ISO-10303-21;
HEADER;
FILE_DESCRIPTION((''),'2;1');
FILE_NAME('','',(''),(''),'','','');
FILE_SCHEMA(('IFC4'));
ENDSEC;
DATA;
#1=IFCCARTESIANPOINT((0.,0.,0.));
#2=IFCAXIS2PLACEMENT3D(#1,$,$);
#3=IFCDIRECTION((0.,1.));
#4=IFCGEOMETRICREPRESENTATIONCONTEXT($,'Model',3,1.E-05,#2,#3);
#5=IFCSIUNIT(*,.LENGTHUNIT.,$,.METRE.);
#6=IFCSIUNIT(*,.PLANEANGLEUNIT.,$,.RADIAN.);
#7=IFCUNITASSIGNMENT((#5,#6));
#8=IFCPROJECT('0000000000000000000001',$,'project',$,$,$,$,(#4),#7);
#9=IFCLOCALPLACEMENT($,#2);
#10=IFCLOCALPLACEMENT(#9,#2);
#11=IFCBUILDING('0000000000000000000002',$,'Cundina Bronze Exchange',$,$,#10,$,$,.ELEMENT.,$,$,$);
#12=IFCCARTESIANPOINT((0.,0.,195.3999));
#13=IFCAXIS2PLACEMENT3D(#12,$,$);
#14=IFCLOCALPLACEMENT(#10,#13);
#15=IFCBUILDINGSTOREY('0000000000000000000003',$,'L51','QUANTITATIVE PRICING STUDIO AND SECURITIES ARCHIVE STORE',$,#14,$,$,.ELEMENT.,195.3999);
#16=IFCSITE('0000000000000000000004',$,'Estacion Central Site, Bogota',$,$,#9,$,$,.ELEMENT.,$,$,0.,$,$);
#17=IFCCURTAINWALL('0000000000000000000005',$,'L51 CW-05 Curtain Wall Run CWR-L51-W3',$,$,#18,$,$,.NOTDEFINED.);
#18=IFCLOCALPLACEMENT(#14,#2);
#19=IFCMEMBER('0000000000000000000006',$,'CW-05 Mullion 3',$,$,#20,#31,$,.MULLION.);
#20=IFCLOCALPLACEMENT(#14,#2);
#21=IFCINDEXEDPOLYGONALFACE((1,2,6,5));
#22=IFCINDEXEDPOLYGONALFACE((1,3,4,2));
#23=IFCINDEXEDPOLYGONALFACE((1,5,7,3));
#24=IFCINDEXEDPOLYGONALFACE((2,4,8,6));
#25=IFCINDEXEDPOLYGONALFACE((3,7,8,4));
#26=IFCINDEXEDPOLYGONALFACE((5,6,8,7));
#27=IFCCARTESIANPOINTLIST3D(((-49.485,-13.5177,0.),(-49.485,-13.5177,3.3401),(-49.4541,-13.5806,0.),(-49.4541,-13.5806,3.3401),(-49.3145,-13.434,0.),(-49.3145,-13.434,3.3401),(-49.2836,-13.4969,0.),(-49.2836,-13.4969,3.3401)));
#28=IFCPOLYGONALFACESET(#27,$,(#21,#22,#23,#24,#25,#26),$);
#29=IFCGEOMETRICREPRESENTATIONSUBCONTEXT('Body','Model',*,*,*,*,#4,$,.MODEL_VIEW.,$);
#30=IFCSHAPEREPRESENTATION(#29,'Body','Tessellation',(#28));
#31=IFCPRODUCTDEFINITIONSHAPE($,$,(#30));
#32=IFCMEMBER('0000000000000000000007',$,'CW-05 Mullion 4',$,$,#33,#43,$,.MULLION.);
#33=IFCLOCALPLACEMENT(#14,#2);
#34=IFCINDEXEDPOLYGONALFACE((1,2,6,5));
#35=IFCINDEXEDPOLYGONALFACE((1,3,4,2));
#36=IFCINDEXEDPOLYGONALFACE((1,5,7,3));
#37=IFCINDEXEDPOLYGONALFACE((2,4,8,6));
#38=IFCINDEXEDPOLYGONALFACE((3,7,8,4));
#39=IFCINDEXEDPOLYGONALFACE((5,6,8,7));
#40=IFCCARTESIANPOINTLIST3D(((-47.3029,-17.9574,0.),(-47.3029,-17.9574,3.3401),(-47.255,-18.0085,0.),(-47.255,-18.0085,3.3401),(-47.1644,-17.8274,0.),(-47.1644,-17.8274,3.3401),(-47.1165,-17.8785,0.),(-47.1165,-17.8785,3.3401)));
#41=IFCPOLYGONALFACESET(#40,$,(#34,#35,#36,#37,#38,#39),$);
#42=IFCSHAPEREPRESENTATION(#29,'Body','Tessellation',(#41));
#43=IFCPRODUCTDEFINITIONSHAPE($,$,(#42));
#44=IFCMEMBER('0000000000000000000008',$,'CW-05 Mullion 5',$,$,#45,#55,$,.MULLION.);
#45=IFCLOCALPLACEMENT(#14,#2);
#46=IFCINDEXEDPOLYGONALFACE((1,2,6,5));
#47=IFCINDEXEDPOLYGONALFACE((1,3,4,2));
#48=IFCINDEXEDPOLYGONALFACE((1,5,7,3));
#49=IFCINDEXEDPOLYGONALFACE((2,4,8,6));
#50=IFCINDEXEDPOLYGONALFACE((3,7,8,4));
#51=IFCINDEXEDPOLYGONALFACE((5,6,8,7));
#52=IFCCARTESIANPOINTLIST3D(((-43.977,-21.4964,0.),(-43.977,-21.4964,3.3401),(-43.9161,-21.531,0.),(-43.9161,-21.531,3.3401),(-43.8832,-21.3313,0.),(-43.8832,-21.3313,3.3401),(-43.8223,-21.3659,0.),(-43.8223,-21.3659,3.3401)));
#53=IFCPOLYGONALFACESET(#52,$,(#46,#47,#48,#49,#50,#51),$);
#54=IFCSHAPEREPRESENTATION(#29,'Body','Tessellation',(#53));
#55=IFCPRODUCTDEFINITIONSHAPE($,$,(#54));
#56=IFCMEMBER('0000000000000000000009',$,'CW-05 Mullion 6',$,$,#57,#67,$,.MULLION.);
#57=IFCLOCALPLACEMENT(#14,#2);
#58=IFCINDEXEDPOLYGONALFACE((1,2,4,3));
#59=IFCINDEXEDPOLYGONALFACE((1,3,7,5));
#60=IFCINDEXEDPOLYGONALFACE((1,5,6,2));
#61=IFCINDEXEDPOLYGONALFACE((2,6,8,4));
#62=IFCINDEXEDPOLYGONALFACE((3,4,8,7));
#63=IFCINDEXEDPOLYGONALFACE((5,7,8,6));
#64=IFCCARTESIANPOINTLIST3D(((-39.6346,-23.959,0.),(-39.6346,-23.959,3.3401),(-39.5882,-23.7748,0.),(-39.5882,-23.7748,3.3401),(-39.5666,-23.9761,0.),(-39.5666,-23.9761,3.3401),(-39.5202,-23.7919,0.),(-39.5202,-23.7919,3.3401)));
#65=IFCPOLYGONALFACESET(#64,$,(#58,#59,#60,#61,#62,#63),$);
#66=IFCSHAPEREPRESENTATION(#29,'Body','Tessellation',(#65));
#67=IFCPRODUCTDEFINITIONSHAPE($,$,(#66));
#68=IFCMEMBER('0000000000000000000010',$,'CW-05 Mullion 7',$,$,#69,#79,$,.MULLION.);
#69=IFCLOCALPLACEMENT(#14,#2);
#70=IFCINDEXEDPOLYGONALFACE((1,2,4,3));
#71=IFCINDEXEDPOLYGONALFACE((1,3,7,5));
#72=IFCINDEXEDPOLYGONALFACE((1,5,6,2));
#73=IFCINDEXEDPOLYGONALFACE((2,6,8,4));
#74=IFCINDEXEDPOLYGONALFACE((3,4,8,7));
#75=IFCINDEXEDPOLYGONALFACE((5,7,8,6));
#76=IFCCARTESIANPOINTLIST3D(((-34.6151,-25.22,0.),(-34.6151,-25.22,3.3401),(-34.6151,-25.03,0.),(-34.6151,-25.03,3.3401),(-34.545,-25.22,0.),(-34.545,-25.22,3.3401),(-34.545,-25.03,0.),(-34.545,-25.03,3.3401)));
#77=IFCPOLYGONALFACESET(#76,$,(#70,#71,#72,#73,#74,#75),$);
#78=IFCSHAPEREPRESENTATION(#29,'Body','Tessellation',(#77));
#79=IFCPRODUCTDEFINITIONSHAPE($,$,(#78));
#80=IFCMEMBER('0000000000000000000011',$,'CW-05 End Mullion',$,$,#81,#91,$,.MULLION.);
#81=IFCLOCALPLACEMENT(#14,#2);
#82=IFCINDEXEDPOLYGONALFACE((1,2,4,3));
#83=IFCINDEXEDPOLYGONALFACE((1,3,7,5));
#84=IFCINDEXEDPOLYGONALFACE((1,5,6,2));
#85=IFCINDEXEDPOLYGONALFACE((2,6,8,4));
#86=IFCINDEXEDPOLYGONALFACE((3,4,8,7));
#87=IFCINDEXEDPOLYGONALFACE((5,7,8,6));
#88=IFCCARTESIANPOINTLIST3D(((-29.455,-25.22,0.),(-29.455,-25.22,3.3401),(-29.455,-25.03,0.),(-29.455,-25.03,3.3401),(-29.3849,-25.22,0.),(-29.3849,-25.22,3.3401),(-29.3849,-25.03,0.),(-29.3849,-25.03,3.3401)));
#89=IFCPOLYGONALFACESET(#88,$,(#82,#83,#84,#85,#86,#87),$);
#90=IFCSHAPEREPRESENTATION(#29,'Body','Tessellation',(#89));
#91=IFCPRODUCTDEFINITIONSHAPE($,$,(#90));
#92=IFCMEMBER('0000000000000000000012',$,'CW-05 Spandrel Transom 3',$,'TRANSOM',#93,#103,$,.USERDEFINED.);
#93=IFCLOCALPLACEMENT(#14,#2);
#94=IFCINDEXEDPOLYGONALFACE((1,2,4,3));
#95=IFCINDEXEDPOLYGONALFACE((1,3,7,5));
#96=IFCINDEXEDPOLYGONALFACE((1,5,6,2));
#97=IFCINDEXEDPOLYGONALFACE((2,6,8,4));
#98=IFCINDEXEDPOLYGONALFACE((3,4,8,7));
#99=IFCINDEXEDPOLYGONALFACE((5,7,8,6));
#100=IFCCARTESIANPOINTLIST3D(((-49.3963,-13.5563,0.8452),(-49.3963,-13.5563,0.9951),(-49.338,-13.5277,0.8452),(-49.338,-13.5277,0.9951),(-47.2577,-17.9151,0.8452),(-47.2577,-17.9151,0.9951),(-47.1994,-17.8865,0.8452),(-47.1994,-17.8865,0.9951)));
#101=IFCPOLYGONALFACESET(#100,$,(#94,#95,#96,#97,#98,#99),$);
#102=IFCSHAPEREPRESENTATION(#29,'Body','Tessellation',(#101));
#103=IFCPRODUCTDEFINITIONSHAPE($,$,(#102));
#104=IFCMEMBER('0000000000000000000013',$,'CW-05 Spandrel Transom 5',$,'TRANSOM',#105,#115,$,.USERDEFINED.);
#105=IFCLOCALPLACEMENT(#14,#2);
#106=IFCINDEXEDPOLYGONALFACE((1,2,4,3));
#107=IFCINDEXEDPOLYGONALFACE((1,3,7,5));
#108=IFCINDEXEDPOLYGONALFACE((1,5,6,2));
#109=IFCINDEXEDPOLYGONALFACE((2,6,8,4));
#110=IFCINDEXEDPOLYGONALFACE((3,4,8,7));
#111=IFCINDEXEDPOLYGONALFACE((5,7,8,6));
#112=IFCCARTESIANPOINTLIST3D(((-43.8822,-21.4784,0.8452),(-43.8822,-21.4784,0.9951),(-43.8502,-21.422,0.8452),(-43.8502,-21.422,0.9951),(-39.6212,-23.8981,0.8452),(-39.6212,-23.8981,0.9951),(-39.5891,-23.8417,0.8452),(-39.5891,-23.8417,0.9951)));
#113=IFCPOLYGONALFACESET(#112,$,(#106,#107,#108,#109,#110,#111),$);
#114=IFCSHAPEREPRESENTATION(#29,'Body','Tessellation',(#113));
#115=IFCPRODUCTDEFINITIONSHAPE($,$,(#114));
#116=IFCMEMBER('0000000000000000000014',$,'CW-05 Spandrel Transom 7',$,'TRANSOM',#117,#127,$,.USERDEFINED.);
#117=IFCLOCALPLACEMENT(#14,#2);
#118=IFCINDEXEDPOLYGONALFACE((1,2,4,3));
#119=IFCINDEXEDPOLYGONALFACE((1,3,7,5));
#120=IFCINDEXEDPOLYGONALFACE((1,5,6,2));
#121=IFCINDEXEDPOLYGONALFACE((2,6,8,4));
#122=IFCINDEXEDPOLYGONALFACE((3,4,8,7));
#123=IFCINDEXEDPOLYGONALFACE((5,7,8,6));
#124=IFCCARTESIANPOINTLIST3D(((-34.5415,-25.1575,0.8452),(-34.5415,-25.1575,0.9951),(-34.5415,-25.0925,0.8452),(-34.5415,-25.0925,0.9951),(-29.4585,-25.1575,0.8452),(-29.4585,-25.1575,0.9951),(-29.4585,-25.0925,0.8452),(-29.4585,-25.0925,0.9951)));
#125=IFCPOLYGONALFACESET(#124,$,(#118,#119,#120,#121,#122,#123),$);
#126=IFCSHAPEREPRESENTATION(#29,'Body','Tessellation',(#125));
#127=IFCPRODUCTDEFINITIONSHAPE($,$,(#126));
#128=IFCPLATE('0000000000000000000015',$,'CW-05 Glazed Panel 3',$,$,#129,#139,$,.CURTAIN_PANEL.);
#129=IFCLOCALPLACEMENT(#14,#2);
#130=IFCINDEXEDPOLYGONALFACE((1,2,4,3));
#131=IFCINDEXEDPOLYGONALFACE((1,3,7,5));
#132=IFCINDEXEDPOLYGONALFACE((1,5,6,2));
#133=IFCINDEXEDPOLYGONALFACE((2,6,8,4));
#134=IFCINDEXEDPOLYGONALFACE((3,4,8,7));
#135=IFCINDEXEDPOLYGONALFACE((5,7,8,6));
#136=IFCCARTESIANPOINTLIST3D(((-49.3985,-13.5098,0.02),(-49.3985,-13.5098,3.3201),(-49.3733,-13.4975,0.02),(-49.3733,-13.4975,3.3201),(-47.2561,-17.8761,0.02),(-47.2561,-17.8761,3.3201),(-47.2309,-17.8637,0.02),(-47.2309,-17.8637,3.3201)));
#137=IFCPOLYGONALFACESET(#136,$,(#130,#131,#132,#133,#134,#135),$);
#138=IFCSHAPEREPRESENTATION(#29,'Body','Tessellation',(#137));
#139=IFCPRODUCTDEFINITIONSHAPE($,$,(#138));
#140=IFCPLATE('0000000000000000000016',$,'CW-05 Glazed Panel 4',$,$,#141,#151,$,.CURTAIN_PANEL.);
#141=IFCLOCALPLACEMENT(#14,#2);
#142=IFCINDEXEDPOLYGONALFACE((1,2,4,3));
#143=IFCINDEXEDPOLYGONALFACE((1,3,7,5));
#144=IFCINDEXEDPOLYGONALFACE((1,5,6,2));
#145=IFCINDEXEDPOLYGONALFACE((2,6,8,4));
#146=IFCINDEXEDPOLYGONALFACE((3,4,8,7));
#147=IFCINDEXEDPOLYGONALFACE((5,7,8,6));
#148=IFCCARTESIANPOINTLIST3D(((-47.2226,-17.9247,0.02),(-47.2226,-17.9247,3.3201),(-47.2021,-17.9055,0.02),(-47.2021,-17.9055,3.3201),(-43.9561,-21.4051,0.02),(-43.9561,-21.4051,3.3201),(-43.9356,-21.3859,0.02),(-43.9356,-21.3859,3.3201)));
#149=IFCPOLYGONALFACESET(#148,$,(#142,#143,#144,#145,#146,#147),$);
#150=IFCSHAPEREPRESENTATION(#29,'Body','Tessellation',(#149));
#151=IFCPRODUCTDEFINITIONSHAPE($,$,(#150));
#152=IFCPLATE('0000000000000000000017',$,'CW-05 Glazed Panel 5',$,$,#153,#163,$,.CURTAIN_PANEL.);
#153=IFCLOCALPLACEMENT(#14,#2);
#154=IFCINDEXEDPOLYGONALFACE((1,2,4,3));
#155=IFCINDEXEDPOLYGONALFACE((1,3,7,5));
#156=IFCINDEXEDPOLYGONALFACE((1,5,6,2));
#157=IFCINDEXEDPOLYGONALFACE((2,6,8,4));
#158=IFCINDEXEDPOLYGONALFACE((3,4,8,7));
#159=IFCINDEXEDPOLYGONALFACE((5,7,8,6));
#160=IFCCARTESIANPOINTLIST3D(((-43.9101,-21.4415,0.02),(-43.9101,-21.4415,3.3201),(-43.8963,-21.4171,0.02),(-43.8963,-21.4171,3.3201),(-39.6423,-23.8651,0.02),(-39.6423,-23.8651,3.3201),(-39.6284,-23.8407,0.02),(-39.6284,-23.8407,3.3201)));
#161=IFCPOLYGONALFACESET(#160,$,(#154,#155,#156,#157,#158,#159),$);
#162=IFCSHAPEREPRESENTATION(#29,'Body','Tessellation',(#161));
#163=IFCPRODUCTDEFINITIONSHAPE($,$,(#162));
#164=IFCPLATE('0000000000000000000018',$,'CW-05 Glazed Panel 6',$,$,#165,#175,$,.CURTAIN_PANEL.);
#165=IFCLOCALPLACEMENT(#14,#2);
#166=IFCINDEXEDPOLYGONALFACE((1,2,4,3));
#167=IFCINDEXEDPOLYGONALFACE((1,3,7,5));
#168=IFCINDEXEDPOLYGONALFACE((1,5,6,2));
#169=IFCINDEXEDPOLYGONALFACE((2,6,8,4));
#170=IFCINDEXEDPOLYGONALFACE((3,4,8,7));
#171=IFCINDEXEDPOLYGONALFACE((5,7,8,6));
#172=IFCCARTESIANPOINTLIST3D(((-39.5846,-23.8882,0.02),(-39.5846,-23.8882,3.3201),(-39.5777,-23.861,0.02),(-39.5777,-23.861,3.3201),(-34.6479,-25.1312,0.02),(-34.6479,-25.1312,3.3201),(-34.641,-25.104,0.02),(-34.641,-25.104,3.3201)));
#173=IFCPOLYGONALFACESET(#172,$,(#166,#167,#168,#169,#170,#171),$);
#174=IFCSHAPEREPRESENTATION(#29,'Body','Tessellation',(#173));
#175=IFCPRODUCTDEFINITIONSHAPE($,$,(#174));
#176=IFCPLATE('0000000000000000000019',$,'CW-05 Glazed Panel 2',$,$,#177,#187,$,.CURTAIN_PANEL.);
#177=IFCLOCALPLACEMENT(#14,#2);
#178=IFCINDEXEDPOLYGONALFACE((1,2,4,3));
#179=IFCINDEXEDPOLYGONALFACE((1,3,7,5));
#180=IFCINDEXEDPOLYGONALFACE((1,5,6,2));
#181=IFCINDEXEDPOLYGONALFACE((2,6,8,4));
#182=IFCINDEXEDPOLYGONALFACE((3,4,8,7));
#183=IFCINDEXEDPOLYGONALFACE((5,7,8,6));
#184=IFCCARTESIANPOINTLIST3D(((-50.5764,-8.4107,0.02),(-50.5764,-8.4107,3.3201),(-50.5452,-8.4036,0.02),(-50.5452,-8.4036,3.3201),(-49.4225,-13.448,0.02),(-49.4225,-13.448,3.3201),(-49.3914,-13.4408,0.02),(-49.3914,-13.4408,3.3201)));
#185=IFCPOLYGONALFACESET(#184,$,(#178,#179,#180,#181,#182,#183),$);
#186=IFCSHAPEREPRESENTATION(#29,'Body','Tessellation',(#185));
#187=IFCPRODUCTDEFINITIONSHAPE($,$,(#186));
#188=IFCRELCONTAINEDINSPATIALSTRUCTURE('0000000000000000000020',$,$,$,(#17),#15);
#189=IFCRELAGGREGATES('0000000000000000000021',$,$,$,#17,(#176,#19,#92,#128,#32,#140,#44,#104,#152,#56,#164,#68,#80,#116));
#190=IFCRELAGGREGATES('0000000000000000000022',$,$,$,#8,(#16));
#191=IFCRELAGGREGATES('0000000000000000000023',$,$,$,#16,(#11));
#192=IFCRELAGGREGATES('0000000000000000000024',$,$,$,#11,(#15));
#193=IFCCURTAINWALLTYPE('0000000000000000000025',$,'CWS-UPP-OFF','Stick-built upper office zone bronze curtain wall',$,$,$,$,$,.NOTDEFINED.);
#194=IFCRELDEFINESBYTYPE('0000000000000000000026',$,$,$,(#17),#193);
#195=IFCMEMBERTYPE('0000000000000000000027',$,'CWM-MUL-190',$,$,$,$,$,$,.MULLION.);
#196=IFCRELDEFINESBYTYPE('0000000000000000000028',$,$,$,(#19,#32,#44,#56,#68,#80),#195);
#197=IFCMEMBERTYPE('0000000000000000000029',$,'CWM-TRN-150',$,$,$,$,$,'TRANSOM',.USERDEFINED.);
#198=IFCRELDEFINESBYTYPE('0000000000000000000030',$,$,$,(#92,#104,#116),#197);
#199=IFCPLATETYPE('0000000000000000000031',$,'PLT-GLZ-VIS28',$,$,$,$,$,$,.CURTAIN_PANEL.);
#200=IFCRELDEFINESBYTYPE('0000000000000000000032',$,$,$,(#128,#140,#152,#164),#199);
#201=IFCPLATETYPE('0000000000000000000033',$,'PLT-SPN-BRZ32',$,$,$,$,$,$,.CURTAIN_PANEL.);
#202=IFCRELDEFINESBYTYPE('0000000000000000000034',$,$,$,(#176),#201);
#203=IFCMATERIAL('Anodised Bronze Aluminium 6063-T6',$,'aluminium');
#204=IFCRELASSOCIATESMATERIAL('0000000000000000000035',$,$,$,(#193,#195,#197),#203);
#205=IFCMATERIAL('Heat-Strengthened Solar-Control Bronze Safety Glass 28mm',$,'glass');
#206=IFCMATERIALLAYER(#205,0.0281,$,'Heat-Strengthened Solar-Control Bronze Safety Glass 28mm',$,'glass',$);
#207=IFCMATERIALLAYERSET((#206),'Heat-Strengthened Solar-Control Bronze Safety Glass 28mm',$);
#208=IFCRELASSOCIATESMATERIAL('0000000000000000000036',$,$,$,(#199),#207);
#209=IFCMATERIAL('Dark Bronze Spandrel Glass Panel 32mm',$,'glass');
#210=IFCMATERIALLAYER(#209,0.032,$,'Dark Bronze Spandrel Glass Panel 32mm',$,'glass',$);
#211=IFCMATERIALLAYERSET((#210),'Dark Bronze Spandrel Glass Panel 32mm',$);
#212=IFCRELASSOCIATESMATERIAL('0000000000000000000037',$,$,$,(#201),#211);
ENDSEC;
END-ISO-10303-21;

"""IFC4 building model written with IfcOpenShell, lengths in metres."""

from ifc_helpers import new_model, si_unit, direction, frame, origin, origin_2d, place, context, subcontext, project, spatial, rectangle, extrude, material, layer, layer_set, material_profile, profile_set, type_object, element, aggregate, save


model = new_model("IFC4")

# Units and contexts
model_context = context("Model", 3, precision=1e-05, world=origin(), true_north=direction((0.0, 1.0)))
body_context = subcontext(model_context, "Body", "Model", "MODEL_VIEW")
ifc_project = project(units=[si_unit("LENGTHUNIT", "METRE"), si_unit("PLANEANGLEUNIT", "RADIAN")], contexts=[model_context])

# Site, building, storey
site_placement = place(None, origin())
site = spatial("IfcSite", under=ifc_project, at=site_placement, Name="Estacion Central Site, Bogota", CompositionType="ELEMENT", RefElevation=0.0)
building_placement = place(site_placement, origin())
building = spatial("IfcBuilding", under=site, at=building_placement, Name="Cundina Bronze Exchange", CompositionType="ELEMENT")
storey_placement = place(building_placement, frame((0.0, 0.0, 195.3999)))
storey = spatial("IfcBuildingStorey", under=building, at=storey_placement, Name="L51", Description="QUANTITATIVE PRICING STUDIO AND SECURITIES ARCHIVE STORE", CompositionType="ELEMENT", Elevation=195.3999)

# Curtain wall, members, plates
ifc_material_1 = material(Name="Anodised Bronze Aluminium 6063-T6", Category="aluminium")
curtain_wall_type = type_object("IfcCurtainWallType", Name="CWS-UPP-OFF", Description="Stick-built upper office zone bronze curtain wall", PredefinedType="NOTDEFINED", material=ifc_material_1)
curtain_wall_placement = place(storey_placement, origin())
curtain_wall = element("IfcCurtainWall", 1, at=curtain_wall_placement, inside=storey, type_object=curtain_wall_type, Name="L51 CW-05 Curtain Wall Run CWR-L51-W3", PredefinedType="NOTDEFINED")
ifc_material_profile_1 = material_profile(ifc_material_1, rectangle(XDim=0.0701, YDim=0.1899, at=origin_2d()), Name="AL70X190", Category="aluminium")
ifc_profile_set_1 = profile_set([ifc_material_profile_1], Name="Anodised Bronze Aluminium 6063-T6")
member_type_1 = type_object("IfcMemberType", Name="CWM-MUL-190", PredefinedType="MULLION", material=ifc_profile_set_1)
member_1_placement = place(storey_placement, frame((-49.3843, -13.5073, 0.0), z_axis=(0.0, 0.0, 1.0), x_axis=(0.440566, -0.89772, 0.0)))
member_1 = element("IfcMember", 2, at=member_1_placement, type_object=member_type_1, Name="CW-05 Mullion 3", PredefinedType="MULLION", context=body_context, shape_type="SweptSolid", body=[
    extrude(rectangle(XDim=0.0701, YDim=0.1899, at=origin_2d()), origin(), (0.0, 0.0, 1.0), 3.3401),
])
member_2_placement = place(storey_placement, frame((-47.2097, -17.918, 0.0), z_axis=(0.0, 0.0, 1.0), x_axis=(0.684293, -0.729208, 0.0)))
member_2 = element("IfcMember", 3, at=member_2_placement, type_object=member_type_1, Name="CW-05 Mullion 4", PredefinedType="MULLION", context=body_context, shape_type="SweptSolid", body=[
    extrude(rectangle(XDim=0.0701, YDim=0.1899, at=origin_2d()), origin(), (0.0, 0.0, 1.0), 3.3401),
])
member_3_placement = place(storey_placement, frame((-43.8997, -21.4312, 0.0), z_axis=(0.0, 0.0, 1.0), x_axis=(0.869581, -0.49379, 0.0)))
member_3 = element("IfcMember", 4, at=member_3_placement, type_object=member_type_1, Name="CW-05 Mullion 5", PredefinedType="MULLION", context=body_context, shape_type="SweptSolid", body=[
    extrude(rectangle(XDim=0.0701, YDim=0.1899, at=origin_2d()), origin(), (0.0, 0.0, 1.0), 3.3401),
])
member_4_placement = place(storey_placement, frame((-39.5774, -23.8755, 0.0), z_axis=(0.0, 0.0, 1.0), x_axis=(0.969744, -0.244123, 0.0)))
member_4 = element("IfcMember", 5, at=member_4_placement, type_object=member_type_1, Name="CW-05 Mullion 6", PredefinedType="MULLION", context=body_context, shape_type="SweptSolid", body=[
    extrude(rectangle(XDim=0.0701, YDim=0.1899, at=origin_2d()), origin(), (0.0, 0.0, 1.0), 3.3401),
])
member_5_placement = place(storey_placement, frame((-34.5801, -25.125, 0.0), z_axis=(0.0, 0.0, 1.0), x_axis=(1.0, 0.0, 0.0)))
member_5 = element("IfcMember", 6, at=member_5_placement, type_object=member_type_1, Name="CW-05 Mullion 7", PredefinedType="MULLION", context=body_context, shape_type="SweptSolid", body=[
    extrude(rectangle(XDim=0.0701, YDim=0.1899, at=origin_2d()), origin(), (0.0, 0.0, 1.0), 3.3401),
])
member_6_placement = place(storey_placement, frame((-29.4199, -25.125, 0.0), z_axis=(0.0, 0.0, 1.0), x_axis=(1.0, 0.0, 0.0)))
member_6 = element("IfcMember", 7, at=member_6_placement, type_object=member_type_1, Name="CW-05 End Mullion", PredefinedType="MULLION", context=body_context, shape_type="SweptSolid", body=[
    extrude(rectangle(XDim=0.0701, YDim=0.1899, at=origin_2d()), origin(), (0.0, 0.0, 1.0), 3.3401),
])
ifc_material_profile_2 = material_profile(ifc_material_1, rectangle(XDim=0.0649, YDim=0.1499, at=origin_2d()), Name="AL65X150", Category="aluminium")
ifc_profile_set_2 = profile_set([ifc_material_profile_2], Name="Anodised Bronze Aluminium 6063-T6")
member_type_2 = type_object("IfcMemberType", Name="CWM-TRN-150", ElementType="TRANSOM", PredefinedType="USERDEFINED", material=ifc_profile_set_2)
member_7_placement = place(storey_placement, frame((-49.3672, -13.542, 0.9202), z_axis=(0.440483, -0.897761, 0.0), x_axis=(0.897761, 0.440483, 0.0)))
member_7 = element("IfcMember", 8, at=member_7_placement, type_object=member_type_2, Name="CW-05 Spandrel Transom 3", ObjectType="TRANSOM", PredefinedType="USERDEFINED", context=body_context, shape_type="SweptSolid", body=[
    extrude(rectangle(XDim=0.0649, YDim=0.1499, at=origin_2d()), origin(), (0.0, 0.0, 1.0), 4.8552),
])
member_8_placement = place(storey_placement, frame((-43.8662, -21.4502, 0.9202), z_axis=(0.869574, -0.493803, 0.0), x_axis=(0.493803, 0.869574, 0.0)))
member_8 = element("IfcMember", 9, at=member_8_placement, type_object=member_type_2, Name="CW-05 Spandrel Transom 5", ObjectType="TRANSOM", PredefinedType="USERDEFINED", context=body_context, shape_type="SweptSolid", body=[
    extrude(rectangle(XDim=0.0649, YDim=0.1499, at=origin_2d()), origin(), (0.0, 0.0, 1.0), 4.9001),
])
member_9_placement = place(storey_placement, frame((-34.5415, -25.125, 0.9202), z_axis=(1.0, 0.0, 0.0), x_axis=(0.0, 1.0, 0.0)))
member_9 = element("IfcMember", 10, at=member_9_placement, type_object=member_type_2, Name="CW-05 Spandrel Transom 7", ObjectType="TRANSOM", PredefinedType="USERDEFINED", context=body_context, shape_type="SweptSolid", body=[
    extrude(rectangle(XDim=0.0649, YDim=0.1499, at=origin_2d()), origin(), (0.0, 0.0, 1.0), 5.083),
])
ifc_material_2 = material(Name="Heat-Strengthened Solar-Control Bronze Safety Glass 28mm", Category="glass")
ifc_layer_1 = layer(ifc_material_2, 0.0281, Name="Heat-Strengthened Solar-Control Bronze Safety Glass 28mm", Category="glass")
ifc_layer_set_1 = layer_set([ifc_layer_1], Name="Heat-Strengthened Solar-Control Bronze Safety Glass 28mm")
plate_type_1 = type_object("IfcPlateType", Name="PLT-GLZ-VIS28", PredefinedType="CURTAIN_PANEL", material=ifc_layer_set_1)
plate_1_placement = place(storey_placement, frame((-48.3147, -15.6868, 0.02), z_axis=(0.0, 0.0, 1.0), x_axis=(0.440503, -0.897751, 0.0)))
plate_1 = element("IfcPlate", 11, at=plate_1_placement, type_object=plate_type_1, Name="CW-05 Glazed Panel 3", PredefinedType="CURTAIN_PANEL", context=body_context, shape_type="SweptSolid", body=[
    extrude(rectangle(XDim=4.8635, YDim=0.0281, at=origin_2d()), origin(), (0.0, 0.0, 1.0), 3.3),
])
plate_2_placement = place(storey_placement, frame((-45.5791, -19.6553, 0.02), z_axis=(0.0, 0.0, 1.0), x_axis=(0.684344, -0.72916, 0.0)))
plate_2 = element("IfcPlate", 12, at=plate_2_placement, type_object=plate_type_1, Name="CW-05 Glazed Panel 4", PredefinedType="CURTAIN_PANEL", context=body_context, shape_type="SweptSolid", body=[
    extrude(rectangle(XDim=4.7732, YDim=0.0281, at=origin_2d()), origin(), (0.0, 0.0, 1.0), 3.3),
])
plate_3_placement = place(storey_placement, frame((-41.7693, -22.6411, 0.02), z_axis=(0.0, 0.0, 1.0), x_axis=(0.869573, -0.493805, 0.0)))
plate_3 = element("IfcPlate", 13, at=plate_3_placement, type_object=plate_type_1, Name="CW-05 Glazed Panel 5", PredefinedType="CURTAIN_PANEL", context=body_context, shape_type="SweptSolid", body=[
    extrude(rectangle(XDim=4.908, YDim=0.0281, at=origin_2d()), origin(), (0.0, 0.0, 1.0), 3.3),
])
plate_4_placement = place(storey_placement, frame((-37.1128, -24.4961, 0.02), z_axis=(0.0, 0.0, 1.0), x_axis=(0.969732, -0.244174, 0.0)))
plate_4 = element("IfcPlate", 14, at=plate_4_placement, type_object=plate_type_1, Name="CW-05 Glazed Panel 6", PredefinedType="CURTAIN_PANEL", context=body_context, shape_type="SweptSolid", body=[
    extrude(rectangle(XDim=5.0908, YDim=0.0281, at=origin_2d()), origin(), (0.0, 0.0, 1.0), 3.3),
])
ifc_material_3 = material(Name="Dark Bronze Spandrel Glass Panel 32mm", Category="glass")
ifc_layer_2 = layer(ifc_material_3, 0.032, Name="Dark Bronze Spandrel Glass Panel 32mm", Category="glass")
ifc_layer_set_2 = layer_set([ifc_layer_2], Name="Dark Bronze Spandrel Glass Panel 32mm")
plate_type_2 = type_object("IfcPlateType", Name="PLT-SPN-BRZ32", PredefinedType="CURTAIN_PANEL", material=ifc_layer_set_2)
plate_5_placement = place(storey_placement, frame((-49.9839, -10.9258, 0.02), z_axis=(0.0, 0.0, 1.0), x_axis=(0.223284, -0.974753, 0.0)))
plate_5 = element("IfcPlate", 15, at=plate_5_placement, type_object=plate_type_2, Name="CW-05 Glazed Panel 2", PredefinedType="CURTAIN_PANEL", context=body_context, shape_type="SweptSolid", body=[
    extrude(rectangle(XDim=5.1677, YDim=0.032, at=origin_2d()), origin(), (0.0, 0.0, 1.0), 3.3),
])
aggregate(curtain_wall, [plate_5, member_1, member_7, plate_1, member_2, plate_2, member_3, member_8, plate_3, member_4, plate_4, member_5, member_6, member_9])

save(model, "model.ifc")
